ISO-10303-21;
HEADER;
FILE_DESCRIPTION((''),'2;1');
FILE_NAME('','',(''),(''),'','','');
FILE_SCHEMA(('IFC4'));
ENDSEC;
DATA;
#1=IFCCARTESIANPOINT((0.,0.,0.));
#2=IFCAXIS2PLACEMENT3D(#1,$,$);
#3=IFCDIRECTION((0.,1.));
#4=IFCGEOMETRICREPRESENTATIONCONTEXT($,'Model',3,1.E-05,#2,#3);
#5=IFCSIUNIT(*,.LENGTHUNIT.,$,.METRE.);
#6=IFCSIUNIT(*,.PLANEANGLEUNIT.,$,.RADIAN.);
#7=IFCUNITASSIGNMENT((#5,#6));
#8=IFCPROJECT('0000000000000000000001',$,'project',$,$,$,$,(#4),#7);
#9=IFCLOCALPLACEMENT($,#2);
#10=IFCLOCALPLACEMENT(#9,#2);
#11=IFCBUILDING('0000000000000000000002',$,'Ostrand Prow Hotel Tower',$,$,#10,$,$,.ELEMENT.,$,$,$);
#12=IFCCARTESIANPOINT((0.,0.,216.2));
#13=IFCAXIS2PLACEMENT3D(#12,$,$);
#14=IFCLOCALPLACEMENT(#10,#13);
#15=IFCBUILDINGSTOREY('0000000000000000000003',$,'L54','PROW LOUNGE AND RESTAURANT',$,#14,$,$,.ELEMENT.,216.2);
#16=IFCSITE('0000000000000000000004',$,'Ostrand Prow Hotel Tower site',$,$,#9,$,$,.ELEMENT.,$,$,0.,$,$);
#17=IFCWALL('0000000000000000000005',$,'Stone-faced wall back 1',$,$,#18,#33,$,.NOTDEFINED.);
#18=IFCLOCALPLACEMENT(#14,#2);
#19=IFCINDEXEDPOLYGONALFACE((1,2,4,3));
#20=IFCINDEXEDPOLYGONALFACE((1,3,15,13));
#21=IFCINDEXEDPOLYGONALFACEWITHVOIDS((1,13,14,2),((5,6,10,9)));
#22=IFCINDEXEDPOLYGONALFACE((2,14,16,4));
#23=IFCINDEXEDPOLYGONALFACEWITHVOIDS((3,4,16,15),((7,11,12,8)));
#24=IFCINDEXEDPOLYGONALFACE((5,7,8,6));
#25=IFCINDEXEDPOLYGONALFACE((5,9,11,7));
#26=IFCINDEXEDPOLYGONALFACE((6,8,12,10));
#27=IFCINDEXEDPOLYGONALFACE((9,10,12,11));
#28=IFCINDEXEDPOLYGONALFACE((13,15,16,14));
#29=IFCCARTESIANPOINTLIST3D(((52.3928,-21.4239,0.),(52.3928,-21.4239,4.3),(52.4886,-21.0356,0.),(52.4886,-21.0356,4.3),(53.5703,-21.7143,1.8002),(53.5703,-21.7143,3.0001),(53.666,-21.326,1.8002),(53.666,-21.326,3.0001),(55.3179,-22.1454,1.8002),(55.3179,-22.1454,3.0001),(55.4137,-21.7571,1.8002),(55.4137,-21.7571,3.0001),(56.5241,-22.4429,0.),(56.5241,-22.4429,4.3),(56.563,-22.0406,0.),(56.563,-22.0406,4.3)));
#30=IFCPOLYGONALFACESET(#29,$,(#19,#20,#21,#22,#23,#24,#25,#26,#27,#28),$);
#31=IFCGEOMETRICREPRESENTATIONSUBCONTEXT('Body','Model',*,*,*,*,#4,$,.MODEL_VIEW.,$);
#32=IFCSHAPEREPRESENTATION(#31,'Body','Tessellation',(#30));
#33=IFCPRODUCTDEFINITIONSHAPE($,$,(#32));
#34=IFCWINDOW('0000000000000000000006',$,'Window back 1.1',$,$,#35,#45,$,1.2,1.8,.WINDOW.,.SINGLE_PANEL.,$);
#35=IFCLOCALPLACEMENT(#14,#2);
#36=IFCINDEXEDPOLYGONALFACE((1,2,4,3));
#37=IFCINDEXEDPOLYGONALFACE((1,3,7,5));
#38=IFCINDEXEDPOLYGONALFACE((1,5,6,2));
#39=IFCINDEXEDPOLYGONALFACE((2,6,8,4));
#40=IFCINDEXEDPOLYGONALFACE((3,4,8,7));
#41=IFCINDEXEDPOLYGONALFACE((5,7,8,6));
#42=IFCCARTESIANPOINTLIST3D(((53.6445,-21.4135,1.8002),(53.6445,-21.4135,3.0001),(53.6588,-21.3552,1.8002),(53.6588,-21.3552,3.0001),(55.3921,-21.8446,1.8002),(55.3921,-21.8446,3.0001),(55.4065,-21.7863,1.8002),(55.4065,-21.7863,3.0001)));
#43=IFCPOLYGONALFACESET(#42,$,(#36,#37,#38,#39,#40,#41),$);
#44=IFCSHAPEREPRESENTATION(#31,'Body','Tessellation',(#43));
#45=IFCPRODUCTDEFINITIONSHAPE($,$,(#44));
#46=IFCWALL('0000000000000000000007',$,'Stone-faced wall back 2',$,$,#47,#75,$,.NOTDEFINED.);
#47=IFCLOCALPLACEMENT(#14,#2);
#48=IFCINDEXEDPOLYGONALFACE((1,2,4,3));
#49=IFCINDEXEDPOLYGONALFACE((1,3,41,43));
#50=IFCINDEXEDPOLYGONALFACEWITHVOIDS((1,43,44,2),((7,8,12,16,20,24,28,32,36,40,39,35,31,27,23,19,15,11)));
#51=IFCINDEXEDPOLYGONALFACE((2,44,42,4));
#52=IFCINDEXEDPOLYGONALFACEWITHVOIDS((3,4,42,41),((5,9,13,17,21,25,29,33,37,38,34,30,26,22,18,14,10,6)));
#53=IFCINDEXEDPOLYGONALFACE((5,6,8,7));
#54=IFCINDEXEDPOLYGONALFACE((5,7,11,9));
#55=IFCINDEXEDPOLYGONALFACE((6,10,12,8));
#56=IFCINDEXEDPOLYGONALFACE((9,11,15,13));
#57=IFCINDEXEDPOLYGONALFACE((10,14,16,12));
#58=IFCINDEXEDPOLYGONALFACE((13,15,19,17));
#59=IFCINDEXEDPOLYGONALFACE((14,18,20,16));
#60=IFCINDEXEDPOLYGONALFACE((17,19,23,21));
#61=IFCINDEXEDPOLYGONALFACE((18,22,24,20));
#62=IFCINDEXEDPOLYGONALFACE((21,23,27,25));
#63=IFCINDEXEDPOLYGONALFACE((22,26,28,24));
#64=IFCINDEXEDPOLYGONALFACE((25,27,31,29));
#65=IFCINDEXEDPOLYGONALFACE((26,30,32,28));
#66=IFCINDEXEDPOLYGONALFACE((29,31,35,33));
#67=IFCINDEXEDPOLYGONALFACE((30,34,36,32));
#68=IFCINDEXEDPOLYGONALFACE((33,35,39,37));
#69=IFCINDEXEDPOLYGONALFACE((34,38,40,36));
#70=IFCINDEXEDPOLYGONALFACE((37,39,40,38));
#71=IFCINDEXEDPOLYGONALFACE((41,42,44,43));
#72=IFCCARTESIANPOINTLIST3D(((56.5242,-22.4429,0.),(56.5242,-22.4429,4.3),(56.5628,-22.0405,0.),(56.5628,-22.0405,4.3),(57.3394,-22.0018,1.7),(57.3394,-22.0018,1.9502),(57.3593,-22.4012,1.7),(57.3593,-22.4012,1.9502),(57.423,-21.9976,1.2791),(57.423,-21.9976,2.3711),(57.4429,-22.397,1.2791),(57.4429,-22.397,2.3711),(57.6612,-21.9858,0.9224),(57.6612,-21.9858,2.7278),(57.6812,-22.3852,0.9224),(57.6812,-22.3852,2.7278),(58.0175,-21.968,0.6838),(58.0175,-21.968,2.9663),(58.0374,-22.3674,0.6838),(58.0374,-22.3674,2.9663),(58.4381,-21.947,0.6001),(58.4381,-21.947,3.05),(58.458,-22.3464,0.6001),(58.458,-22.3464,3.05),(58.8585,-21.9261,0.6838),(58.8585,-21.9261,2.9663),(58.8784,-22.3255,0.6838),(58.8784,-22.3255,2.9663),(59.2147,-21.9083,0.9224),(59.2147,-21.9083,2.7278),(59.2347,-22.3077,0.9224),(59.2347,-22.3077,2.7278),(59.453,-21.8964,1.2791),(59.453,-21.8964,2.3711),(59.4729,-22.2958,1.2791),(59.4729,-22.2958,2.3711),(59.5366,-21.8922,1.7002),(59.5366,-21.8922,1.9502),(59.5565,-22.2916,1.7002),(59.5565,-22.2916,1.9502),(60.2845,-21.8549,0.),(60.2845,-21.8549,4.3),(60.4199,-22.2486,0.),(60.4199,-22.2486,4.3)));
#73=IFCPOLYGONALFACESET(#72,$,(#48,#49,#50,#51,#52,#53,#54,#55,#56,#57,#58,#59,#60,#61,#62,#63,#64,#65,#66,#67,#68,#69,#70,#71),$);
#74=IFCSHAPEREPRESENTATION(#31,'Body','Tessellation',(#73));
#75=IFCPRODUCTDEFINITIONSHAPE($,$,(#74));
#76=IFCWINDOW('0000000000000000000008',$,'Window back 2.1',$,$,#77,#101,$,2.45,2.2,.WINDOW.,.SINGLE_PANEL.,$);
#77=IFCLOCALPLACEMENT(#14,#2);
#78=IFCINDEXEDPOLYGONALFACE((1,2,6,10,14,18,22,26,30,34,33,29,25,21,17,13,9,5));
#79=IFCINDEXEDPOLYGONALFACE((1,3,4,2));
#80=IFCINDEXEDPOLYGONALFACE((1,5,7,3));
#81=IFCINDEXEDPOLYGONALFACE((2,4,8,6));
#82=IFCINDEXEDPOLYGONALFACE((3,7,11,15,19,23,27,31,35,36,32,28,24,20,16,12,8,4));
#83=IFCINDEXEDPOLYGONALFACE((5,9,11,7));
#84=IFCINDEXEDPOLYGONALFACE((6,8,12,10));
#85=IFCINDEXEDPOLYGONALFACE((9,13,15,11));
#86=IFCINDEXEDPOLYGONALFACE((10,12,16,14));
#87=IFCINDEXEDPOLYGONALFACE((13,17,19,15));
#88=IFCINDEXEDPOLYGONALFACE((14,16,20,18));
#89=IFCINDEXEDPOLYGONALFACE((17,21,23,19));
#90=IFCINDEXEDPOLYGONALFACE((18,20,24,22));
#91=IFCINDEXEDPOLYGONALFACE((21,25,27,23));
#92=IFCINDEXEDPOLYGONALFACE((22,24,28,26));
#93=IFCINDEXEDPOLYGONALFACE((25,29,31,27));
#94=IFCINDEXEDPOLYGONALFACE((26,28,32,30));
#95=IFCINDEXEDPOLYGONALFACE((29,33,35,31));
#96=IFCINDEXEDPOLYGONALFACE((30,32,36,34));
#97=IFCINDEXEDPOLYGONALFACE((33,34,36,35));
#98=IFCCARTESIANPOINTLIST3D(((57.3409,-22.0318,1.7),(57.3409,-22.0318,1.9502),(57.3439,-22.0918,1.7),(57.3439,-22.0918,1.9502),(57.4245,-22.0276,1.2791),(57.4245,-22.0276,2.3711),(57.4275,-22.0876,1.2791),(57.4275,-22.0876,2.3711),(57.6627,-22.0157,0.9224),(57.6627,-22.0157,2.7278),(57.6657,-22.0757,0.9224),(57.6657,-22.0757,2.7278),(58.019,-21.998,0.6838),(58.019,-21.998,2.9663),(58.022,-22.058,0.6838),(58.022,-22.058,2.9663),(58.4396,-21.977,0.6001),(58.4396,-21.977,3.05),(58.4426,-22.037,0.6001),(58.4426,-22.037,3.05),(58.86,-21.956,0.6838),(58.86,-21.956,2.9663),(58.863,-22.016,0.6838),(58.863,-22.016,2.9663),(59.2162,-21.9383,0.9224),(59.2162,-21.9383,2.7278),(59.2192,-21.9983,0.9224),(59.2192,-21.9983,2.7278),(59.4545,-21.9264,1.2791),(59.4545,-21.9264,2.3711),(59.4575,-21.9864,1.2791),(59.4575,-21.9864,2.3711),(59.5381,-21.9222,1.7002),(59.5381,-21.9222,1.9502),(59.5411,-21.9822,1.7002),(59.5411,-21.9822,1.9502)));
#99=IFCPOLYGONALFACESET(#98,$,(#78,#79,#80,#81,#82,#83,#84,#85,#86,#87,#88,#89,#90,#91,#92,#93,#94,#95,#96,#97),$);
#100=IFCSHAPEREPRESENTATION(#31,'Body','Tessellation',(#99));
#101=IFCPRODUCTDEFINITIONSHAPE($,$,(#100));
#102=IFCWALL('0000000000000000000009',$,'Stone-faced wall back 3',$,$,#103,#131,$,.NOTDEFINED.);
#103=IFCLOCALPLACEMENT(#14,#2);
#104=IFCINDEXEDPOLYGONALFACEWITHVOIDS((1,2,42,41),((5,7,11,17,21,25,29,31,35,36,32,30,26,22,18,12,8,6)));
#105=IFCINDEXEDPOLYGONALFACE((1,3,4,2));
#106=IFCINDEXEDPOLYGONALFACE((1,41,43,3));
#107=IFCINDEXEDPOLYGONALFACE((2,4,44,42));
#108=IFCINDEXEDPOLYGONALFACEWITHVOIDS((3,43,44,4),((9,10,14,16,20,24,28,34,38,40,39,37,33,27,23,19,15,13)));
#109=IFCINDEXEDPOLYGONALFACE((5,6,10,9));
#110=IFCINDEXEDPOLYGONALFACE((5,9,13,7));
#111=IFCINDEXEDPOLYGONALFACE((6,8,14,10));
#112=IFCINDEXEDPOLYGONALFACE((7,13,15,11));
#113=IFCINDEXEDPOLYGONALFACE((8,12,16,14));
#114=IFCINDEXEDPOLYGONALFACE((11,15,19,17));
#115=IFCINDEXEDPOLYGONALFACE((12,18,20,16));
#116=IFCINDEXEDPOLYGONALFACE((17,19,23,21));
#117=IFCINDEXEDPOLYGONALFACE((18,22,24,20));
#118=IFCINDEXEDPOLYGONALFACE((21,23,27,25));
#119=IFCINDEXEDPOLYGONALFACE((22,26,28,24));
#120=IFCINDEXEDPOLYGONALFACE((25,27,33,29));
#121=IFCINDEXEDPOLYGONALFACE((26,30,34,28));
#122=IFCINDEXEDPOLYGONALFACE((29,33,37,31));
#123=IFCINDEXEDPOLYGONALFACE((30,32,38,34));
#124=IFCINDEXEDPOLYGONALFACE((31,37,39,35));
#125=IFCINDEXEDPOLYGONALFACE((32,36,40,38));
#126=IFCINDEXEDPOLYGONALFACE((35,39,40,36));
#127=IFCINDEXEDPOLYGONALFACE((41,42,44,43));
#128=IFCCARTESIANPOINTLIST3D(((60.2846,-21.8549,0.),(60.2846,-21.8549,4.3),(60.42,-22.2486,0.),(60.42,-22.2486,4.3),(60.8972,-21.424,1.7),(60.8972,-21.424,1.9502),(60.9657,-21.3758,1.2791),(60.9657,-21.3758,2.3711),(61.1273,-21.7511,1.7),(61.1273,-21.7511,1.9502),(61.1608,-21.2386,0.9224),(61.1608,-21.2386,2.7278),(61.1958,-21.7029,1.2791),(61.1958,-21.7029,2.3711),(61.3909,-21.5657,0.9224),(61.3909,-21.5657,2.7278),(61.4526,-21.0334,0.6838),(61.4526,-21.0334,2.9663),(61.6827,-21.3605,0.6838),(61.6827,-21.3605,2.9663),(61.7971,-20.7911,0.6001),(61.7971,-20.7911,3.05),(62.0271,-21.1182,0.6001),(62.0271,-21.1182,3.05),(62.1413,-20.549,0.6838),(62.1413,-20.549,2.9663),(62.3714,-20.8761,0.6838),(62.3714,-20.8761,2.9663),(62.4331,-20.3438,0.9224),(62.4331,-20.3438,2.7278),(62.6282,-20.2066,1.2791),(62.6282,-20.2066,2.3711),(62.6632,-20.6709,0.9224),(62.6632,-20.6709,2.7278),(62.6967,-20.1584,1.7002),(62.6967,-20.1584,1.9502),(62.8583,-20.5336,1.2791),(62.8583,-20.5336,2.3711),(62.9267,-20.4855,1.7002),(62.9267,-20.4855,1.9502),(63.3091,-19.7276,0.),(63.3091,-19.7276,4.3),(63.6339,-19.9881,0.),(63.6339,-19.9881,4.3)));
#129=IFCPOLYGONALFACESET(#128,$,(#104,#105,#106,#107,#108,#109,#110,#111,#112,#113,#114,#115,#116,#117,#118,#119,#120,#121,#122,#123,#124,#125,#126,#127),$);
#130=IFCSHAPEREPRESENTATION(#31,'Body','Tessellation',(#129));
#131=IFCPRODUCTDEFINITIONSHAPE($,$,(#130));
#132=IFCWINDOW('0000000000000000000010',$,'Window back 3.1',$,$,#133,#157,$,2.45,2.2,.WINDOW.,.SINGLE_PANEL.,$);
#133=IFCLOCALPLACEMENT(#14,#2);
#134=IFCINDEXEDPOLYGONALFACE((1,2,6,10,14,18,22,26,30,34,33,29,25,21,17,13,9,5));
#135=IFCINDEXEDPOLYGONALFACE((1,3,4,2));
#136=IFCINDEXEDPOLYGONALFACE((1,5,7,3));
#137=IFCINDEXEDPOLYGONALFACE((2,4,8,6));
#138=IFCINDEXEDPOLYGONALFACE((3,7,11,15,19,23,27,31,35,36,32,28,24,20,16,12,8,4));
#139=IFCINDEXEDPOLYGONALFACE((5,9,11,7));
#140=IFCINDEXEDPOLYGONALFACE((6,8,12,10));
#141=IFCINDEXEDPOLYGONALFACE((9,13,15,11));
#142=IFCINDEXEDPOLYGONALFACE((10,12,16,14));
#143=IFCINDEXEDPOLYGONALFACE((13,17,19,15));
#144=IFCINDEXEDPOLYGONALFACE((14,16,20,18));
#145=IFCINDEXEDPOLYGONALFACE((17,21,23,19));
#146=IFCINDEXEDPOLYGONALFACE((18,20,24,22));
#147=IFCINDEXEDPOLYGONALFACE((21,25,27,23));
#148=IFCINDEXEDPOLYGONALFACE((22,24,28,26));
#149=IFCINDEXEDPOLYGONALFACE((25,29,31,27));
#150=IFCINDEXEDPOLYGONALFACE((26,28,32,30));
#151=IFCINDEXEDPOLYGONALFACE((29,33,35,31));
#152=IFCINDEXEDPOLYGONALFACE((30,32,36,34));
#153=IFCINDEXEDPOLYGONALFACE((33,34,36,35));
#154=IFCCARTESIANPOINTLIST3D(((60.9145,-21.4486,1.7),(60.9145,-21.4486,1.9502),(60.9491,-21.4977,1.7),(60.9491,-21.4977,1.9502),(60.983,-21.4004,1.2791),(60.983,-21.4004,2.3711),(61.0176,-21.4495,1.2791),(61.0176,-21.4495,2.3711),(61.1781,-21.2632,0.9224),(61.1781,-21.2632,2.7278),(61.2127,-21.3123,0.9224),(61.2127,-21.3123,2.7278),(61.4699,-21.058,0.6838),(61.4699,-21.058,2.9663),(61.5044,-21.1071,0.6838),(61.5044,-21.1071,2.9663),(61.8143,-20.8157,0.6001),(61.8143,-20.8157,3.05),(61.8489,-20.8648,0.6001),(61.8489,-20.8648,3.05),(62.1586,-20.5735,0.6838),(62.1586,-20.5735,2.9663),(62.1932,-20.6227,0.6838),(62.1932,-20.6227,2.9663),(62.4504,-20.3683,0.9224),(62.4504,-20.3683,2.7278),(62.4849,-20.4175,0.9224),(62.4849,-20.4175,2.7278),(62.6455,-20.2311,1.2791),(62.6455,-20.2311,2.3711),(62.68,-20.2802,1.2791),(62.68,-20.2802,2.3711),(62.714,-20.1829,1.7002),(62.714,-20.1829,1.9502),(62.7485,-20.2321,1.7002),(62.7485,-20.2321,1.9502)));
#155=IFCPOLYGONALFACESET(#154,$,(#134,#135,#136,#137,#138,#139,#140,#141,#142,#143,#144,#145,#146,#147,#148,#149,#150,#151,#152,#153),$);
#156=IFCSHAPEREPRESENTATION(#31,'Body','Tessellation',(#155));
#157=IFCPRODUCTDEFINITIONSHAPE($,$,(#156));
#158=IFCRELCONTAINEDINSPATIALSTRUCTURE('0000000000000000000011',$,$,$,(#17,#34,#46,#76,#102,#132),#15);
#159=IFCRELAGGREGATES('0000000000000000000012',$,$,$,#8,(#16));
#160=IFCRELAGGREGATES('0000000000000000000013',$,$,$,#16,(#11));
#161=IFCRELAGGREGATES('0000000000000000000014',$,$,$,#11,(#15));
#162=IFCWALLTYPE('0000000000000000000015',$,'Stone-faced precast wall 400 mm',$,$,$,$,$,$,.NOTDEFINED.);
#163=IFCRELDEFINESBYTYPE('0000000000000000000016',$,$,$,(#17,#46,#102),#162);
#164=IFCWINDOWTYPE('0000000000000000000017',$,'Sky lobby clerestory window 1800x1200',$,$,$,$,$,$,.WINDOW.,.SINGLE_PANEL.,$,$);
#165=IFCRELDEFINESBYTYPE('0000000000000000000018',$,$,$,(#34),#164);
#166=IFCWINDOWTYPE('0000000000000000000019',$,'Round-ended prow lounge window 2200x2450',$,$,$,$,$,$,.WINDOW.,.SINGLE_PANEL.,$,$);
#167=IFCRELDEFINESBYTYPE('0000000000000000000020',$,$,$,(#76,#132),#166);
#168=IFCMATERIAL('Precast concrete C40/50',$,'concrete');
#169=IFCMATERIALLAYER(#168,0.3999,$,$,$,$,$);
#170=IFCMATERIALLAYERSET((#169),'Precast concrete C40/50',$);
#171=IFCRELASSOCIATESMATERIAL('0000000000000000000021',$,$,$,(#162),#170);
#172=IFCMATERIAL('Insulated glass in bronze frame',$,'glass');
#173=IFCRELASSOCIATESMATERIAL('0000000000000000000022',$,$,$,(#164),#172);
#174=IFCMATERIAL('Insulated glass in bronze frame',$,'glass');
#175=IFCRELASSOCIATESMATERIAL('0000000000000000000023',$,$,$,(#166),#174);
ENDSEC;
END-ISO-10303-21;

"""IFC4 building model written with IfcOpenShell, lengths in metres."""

from ifc_helpers import new_model, si_unit, direction, frame, frame_2d, origin, place, context, subcontext, project, spatial, polyline, rectangle, outline, extrude, material, layer, layer_set, type_object, element, fill, save


model = new_model("IFC4")

# Units and contexts
model_context = context("Model", 3, precision=1e-05, world=origin(), true_north=direction((0.0, 1.0)))
body_context = subcontext(model_context, "Body", "Model", "MODEL_VIEW")
ifc_project = project(units=[si_unit("LENGTHUNIT", "METRE"), si_unit("PLANEANGLEUNIT", "RADIAN")], contexts=[model_context])

# Site, building, storey
site_placement = place(None, origin())
site = spatial("IfcSite", under=ifc_project, at=site_placement, Name="Ostrand Prow Hotel Tower site", CompositionType="ELEMENT", RefElevation=0.0)
building_placement = place(site_placement, origin())
building = spatial("IfcBuilding", under=site, at=building_placement, Name="Ostrand Prow Hotel Tower", CompositionType="ELEMENT")
storey_placement = place(building_placement, frame((0.0, 0.0, 216.2)))
storey = spatial("IfcBuildingStorey", under=building, at=storey_placement, Name="L54", Description="PROW LOUNGE AND RESTAURANT", CompositionType="ELEMENT", Elevation=216.2)

# Walls, openings, windows
ifc_material_1 = material(Name="Precast concrete C40/50", Category="concrete")
ifc_layer_1 = layer(ifc_material_1, 0.3999)
ifc_layer_set_1 = layer_set([ifc_layer_1], Name="Precast concrete C40/50")
wall_type_1 = type_object("IfcWallType", Name="Stone-faced precast wall 400 mm", PredefinedType="NOTDEFINED", material=ifc_layer_set_1)
wall_1_placement = place(storey_placement, frame((52.4407, -21.2297, 0.0), z_axis=(0.0, 0.0, 1.0), x_axis=(0.970902, -0.239476, 0.0)))
wall_1 = element("IfcWall", 1, at=wall_1_placement, inside=storey, type_object=wall_type_1, Name="Stone-faced wall back 1", PredefinedType="NOTDEFINED", context=body_context, shape_type="SweptSolid", body=[
    extrude(outline(polyline([(0.0, -0.2), (4.2551, -0.2), (4.1965, 0.2), (0.0, 0.2), (0.0, -0.2)])), origin(), (0.0, 0.0, 1.0), 4.3),
])
opening_1_placement = place(wall_1_placement, frame((1.2129, 0.0, 1.8)))
opening_1 = element("IfcOpeningElement", 2, at=opening_1_placement, cuts=wall_1, PredefinedType="OPENING", context=body_context, shape_type="SweptSolid", body=[
    extrude(rectangle(XDim=1.8, YDim=1.2, at=frame_2d((0.8999, 0.6001))), frame((0.0, 0.21, 0.0), z_axis=(0.0, -1.0, 0.0), x_axis=(1.0, 0.0, 0.0)), (0.0, 0.0, 1.0), 0.4199),
])
ifc_material_2 = material(Name="Insulated glass in bronze frame", Category="glass")
window_type_1 = type_object("IfcWindowType", Name="Sky lobby clerestory window 1800x1200", PartitioningType="SINGLE_PANEL", PredefinedType="WINDOW", material=ifc_material_2)
window_1_placement = place(opening_1_placement, origin())
window_1 = element("IfcWindow", 3, at=window_1_placement, inside=storey, type_object=window_type_1, Name="Window back 1.1", OverallHeight=1.2, OverallWidth=1.8, PartitioningType="SINGLE_PANEL", PredefinedType="WINDOW", context=body_context, shape_type="SweptSolid", body=[
    extrude(rectangle(XDim=1.8, YDim=1.2, at=frame_2d((0.8999, 0.6001))), frame((0.0, 0.1699, 0.0), z_axis=(0.0, -1.0, 0.0), x_axis=(1.0, 0.0, 0.0)), (0.0, 0.0, 1.0), 0.0601),
])
fill(opening_1, window_1)
wall_2_placement = place(storey_placement, frame((56.5435, -22.2417, 0.0), z_axis=(0.0, 0.0, 1.0), x_axis=(0.998759, 0.049807, 0.0)))
wall_2 = element("IfcWall", 4, at=wall_2_placement, inside=storey, type_object=wall_type_1, Name="Stone-faced wall back 2", PredefinedType="NOTDEFINED", context=body_context, shape_type="SweptSolid", body=[
    extrude(outline(polyline([(-0.0293, -0.2), (3.8713, -0.2), (3.7556, 0.2), (0.0293, 0.2), (-0.0293, -0.2)])), origin(), (0.0, 0.0, 1.0), 4.3),
])
opening_2_placement = place(wall_2_placement, frame((0.8069, 0.0, 0.6001)))
opening_2 = element("IfcOpeningElement", 5, at=opening_2_placement, cuts=wall_2, PredefinedType="OPENING", context=body_context, shape_type="SweptSolid", body=[
    extrude(outline(polyline([(0.0, 1.3501), (0.0837, 1.771), (0.3223, 2.1277), (0.679, 2.3662), (1.1001, 2.45), (1.521, 2.3662), (1.8777, 2.1277), (2.1162, 1.771), (2.2, 1.3501), (2.2, 1.1001), (2.1162, 0.679), (1.8777, 0.3223), (1.521, 0.0837), (1.1001, 0.0), (0.679, 0.0837), (0.3223, 0.3223), (0.0837, 0.679), (0.0, 1.0999), (0.0, 1.3501)])), frame((0.0, 0.21, 0.0), z_axis=(0.0, -1.0, 0.0), x_axis=(1.0, 0.0, 0.0)), (0.0, 0.0, 1.0), 0.4199),
])
ifc_material_3 = material(Name="Insulated glass in bronze frame", Category="glass")
window_type_2 = type_object("IfcWindowType", Name="Round-ended prow lounge window 2200x2450", PartitioningType="SINGLE_PANEL", PredefinedType="WINDOW", material=ifc_material_3)
window_2_placement = place(opening_2_placement, origin())
window_2 = element("IfcWindow", 6, at=window_2_placement, inside=storey, type_object=window_type_2, Name="Window back 2.1", OverallHeight=2.45, OverallWidth=2.2, PartitioningType="SINGLE_PANEL", PredefinedType="WINDOW", context=body_context, shape_type="SweptSolid", body=[
    extrude(outline(polyline([(0.0, 1.3501), (0.0837, 1.771), (0.3223, 2.1277), (0.679, 2.3662), (1.1001, 2.45), (1.521, 2.3662), (1.8777, 2.1277), (2.1162, 1.771), (2.2, 1.3501), (2.2, 1.1001), (2.1162, 0.679), (1.8777, 0.3223), (1.521, 0.0837), (1.1001, 0.0), (0.679, 0.0837), (0.3223, 0.3223), (0.0837, 0.679), (0.0, 1.0999), (0.0, 1.3501)])), frame((0.0, 0.1699, 0.0), z_axis=(0.0, -1.0, 0.0), x_axis=(1.0, 0.0, 0.0)), (0.0, 0.0, 1.0), 0.0601),
])
fill(opening_2, window_2)
wall_3_placement = place(storey_placement, frame((60.3523, -22.0518, 0.0), z_axis=(0.0, 0.0, 1.0), x_axis=(0.817943, 0.5753, 0.0)))
wall_3 = element("IfcWall", 7, at=wall_3_placement, inside=storey, type_object=wall_type_1, Name="Stone-faced wall back 3", PredefinedType="NOTDEFINED", context=body_context, shape_type="SweptSolid", body=[
    extrude(outline(polyline([(-0.0579, -0.2), (3.8713, -0.2), (3.7556, 0.2), (0.0579, 0.2), (-0.0579, -0.2)])), origin(), (0.0, 0.0, 1.0), 4.3),
])
opening_3_placement = place(wall_3_placement, frame((0.8069, 0.0, 0.6001)))
opening_3 = element("IfcOpeningElement", 8, at=opening_3_placement, cuts=wall_3, PredefinedType="OPENING", context=body_context, shape_type="SweptSolid", body=[
    extrude(outline(polyline([(0.0, 1.3501), (0.0837, 1.771), (0.3223, 2.1277), (0.679, 2.3662), (1.1001, 2.45), (1.521, 2.3662), (1.8777, 2.1277), (2.1162, 1.771), (2.2, 1.3501), (2.2, 1.1001), (2.1162, 0.679), (1.8777, 0.3223), (1.521, 0.0837), (1.1001, 0.0), (0.679, 0.0837), (0.3223, 0.3223), (0.0837, 0.679), (0.0, 1.0999), (0.0, 1.3501)])), frame((0.0, 0.21, 0.0), z_axis=(0.0, -1.0, 0.0), x_axis=(1.0, 0.0, 0.0)), (0.0, 0.0, 1.0), 0.4199),
])
window_3_placement = place(opening_3_placement, origin())
window_3 = element("IfcWindow", 9, at=window_3_placement, inside=storey, type_object=window_type_2, Name="Window back 3.1", OverallHeight=2.45, OverallWidth=2.2, PartitioningType="SINGLE_PANEL", PredefinedType="WINDOW", context=body_context, shape_type="SweptSolid", body=[
    extrude(outline(polyline([(0.0, 1.3501), (0.0837, 1.771), (0.3223, 2.1277), (0.679, 2.3662), (1.1001, 2.45), (1.521, 2.3662), (1.8777, 2.1277), (2.1162, 1.771), (2.2, 1.3501), (2.2, 1.1001), (2.1162, 0.679), (1.8777, 0.3223), (1.521, 0.0837), (1.1001, 0.0), (0.679, 0.0837), (0.3223, 0.3223), (0.0837, 0.679), (0.0, 1.0999), (0.0, 1.3501)])), frame((0.0, 0.1699, 0.0), z_axis=(0.0, -1.0, 0.0), x_axis=(1.0, 0.0, 0.0)), (0.0, 0.0, 1.0), 0.0601),
])
fill(opening_3, window_3)

save(model, "model.ifc")
